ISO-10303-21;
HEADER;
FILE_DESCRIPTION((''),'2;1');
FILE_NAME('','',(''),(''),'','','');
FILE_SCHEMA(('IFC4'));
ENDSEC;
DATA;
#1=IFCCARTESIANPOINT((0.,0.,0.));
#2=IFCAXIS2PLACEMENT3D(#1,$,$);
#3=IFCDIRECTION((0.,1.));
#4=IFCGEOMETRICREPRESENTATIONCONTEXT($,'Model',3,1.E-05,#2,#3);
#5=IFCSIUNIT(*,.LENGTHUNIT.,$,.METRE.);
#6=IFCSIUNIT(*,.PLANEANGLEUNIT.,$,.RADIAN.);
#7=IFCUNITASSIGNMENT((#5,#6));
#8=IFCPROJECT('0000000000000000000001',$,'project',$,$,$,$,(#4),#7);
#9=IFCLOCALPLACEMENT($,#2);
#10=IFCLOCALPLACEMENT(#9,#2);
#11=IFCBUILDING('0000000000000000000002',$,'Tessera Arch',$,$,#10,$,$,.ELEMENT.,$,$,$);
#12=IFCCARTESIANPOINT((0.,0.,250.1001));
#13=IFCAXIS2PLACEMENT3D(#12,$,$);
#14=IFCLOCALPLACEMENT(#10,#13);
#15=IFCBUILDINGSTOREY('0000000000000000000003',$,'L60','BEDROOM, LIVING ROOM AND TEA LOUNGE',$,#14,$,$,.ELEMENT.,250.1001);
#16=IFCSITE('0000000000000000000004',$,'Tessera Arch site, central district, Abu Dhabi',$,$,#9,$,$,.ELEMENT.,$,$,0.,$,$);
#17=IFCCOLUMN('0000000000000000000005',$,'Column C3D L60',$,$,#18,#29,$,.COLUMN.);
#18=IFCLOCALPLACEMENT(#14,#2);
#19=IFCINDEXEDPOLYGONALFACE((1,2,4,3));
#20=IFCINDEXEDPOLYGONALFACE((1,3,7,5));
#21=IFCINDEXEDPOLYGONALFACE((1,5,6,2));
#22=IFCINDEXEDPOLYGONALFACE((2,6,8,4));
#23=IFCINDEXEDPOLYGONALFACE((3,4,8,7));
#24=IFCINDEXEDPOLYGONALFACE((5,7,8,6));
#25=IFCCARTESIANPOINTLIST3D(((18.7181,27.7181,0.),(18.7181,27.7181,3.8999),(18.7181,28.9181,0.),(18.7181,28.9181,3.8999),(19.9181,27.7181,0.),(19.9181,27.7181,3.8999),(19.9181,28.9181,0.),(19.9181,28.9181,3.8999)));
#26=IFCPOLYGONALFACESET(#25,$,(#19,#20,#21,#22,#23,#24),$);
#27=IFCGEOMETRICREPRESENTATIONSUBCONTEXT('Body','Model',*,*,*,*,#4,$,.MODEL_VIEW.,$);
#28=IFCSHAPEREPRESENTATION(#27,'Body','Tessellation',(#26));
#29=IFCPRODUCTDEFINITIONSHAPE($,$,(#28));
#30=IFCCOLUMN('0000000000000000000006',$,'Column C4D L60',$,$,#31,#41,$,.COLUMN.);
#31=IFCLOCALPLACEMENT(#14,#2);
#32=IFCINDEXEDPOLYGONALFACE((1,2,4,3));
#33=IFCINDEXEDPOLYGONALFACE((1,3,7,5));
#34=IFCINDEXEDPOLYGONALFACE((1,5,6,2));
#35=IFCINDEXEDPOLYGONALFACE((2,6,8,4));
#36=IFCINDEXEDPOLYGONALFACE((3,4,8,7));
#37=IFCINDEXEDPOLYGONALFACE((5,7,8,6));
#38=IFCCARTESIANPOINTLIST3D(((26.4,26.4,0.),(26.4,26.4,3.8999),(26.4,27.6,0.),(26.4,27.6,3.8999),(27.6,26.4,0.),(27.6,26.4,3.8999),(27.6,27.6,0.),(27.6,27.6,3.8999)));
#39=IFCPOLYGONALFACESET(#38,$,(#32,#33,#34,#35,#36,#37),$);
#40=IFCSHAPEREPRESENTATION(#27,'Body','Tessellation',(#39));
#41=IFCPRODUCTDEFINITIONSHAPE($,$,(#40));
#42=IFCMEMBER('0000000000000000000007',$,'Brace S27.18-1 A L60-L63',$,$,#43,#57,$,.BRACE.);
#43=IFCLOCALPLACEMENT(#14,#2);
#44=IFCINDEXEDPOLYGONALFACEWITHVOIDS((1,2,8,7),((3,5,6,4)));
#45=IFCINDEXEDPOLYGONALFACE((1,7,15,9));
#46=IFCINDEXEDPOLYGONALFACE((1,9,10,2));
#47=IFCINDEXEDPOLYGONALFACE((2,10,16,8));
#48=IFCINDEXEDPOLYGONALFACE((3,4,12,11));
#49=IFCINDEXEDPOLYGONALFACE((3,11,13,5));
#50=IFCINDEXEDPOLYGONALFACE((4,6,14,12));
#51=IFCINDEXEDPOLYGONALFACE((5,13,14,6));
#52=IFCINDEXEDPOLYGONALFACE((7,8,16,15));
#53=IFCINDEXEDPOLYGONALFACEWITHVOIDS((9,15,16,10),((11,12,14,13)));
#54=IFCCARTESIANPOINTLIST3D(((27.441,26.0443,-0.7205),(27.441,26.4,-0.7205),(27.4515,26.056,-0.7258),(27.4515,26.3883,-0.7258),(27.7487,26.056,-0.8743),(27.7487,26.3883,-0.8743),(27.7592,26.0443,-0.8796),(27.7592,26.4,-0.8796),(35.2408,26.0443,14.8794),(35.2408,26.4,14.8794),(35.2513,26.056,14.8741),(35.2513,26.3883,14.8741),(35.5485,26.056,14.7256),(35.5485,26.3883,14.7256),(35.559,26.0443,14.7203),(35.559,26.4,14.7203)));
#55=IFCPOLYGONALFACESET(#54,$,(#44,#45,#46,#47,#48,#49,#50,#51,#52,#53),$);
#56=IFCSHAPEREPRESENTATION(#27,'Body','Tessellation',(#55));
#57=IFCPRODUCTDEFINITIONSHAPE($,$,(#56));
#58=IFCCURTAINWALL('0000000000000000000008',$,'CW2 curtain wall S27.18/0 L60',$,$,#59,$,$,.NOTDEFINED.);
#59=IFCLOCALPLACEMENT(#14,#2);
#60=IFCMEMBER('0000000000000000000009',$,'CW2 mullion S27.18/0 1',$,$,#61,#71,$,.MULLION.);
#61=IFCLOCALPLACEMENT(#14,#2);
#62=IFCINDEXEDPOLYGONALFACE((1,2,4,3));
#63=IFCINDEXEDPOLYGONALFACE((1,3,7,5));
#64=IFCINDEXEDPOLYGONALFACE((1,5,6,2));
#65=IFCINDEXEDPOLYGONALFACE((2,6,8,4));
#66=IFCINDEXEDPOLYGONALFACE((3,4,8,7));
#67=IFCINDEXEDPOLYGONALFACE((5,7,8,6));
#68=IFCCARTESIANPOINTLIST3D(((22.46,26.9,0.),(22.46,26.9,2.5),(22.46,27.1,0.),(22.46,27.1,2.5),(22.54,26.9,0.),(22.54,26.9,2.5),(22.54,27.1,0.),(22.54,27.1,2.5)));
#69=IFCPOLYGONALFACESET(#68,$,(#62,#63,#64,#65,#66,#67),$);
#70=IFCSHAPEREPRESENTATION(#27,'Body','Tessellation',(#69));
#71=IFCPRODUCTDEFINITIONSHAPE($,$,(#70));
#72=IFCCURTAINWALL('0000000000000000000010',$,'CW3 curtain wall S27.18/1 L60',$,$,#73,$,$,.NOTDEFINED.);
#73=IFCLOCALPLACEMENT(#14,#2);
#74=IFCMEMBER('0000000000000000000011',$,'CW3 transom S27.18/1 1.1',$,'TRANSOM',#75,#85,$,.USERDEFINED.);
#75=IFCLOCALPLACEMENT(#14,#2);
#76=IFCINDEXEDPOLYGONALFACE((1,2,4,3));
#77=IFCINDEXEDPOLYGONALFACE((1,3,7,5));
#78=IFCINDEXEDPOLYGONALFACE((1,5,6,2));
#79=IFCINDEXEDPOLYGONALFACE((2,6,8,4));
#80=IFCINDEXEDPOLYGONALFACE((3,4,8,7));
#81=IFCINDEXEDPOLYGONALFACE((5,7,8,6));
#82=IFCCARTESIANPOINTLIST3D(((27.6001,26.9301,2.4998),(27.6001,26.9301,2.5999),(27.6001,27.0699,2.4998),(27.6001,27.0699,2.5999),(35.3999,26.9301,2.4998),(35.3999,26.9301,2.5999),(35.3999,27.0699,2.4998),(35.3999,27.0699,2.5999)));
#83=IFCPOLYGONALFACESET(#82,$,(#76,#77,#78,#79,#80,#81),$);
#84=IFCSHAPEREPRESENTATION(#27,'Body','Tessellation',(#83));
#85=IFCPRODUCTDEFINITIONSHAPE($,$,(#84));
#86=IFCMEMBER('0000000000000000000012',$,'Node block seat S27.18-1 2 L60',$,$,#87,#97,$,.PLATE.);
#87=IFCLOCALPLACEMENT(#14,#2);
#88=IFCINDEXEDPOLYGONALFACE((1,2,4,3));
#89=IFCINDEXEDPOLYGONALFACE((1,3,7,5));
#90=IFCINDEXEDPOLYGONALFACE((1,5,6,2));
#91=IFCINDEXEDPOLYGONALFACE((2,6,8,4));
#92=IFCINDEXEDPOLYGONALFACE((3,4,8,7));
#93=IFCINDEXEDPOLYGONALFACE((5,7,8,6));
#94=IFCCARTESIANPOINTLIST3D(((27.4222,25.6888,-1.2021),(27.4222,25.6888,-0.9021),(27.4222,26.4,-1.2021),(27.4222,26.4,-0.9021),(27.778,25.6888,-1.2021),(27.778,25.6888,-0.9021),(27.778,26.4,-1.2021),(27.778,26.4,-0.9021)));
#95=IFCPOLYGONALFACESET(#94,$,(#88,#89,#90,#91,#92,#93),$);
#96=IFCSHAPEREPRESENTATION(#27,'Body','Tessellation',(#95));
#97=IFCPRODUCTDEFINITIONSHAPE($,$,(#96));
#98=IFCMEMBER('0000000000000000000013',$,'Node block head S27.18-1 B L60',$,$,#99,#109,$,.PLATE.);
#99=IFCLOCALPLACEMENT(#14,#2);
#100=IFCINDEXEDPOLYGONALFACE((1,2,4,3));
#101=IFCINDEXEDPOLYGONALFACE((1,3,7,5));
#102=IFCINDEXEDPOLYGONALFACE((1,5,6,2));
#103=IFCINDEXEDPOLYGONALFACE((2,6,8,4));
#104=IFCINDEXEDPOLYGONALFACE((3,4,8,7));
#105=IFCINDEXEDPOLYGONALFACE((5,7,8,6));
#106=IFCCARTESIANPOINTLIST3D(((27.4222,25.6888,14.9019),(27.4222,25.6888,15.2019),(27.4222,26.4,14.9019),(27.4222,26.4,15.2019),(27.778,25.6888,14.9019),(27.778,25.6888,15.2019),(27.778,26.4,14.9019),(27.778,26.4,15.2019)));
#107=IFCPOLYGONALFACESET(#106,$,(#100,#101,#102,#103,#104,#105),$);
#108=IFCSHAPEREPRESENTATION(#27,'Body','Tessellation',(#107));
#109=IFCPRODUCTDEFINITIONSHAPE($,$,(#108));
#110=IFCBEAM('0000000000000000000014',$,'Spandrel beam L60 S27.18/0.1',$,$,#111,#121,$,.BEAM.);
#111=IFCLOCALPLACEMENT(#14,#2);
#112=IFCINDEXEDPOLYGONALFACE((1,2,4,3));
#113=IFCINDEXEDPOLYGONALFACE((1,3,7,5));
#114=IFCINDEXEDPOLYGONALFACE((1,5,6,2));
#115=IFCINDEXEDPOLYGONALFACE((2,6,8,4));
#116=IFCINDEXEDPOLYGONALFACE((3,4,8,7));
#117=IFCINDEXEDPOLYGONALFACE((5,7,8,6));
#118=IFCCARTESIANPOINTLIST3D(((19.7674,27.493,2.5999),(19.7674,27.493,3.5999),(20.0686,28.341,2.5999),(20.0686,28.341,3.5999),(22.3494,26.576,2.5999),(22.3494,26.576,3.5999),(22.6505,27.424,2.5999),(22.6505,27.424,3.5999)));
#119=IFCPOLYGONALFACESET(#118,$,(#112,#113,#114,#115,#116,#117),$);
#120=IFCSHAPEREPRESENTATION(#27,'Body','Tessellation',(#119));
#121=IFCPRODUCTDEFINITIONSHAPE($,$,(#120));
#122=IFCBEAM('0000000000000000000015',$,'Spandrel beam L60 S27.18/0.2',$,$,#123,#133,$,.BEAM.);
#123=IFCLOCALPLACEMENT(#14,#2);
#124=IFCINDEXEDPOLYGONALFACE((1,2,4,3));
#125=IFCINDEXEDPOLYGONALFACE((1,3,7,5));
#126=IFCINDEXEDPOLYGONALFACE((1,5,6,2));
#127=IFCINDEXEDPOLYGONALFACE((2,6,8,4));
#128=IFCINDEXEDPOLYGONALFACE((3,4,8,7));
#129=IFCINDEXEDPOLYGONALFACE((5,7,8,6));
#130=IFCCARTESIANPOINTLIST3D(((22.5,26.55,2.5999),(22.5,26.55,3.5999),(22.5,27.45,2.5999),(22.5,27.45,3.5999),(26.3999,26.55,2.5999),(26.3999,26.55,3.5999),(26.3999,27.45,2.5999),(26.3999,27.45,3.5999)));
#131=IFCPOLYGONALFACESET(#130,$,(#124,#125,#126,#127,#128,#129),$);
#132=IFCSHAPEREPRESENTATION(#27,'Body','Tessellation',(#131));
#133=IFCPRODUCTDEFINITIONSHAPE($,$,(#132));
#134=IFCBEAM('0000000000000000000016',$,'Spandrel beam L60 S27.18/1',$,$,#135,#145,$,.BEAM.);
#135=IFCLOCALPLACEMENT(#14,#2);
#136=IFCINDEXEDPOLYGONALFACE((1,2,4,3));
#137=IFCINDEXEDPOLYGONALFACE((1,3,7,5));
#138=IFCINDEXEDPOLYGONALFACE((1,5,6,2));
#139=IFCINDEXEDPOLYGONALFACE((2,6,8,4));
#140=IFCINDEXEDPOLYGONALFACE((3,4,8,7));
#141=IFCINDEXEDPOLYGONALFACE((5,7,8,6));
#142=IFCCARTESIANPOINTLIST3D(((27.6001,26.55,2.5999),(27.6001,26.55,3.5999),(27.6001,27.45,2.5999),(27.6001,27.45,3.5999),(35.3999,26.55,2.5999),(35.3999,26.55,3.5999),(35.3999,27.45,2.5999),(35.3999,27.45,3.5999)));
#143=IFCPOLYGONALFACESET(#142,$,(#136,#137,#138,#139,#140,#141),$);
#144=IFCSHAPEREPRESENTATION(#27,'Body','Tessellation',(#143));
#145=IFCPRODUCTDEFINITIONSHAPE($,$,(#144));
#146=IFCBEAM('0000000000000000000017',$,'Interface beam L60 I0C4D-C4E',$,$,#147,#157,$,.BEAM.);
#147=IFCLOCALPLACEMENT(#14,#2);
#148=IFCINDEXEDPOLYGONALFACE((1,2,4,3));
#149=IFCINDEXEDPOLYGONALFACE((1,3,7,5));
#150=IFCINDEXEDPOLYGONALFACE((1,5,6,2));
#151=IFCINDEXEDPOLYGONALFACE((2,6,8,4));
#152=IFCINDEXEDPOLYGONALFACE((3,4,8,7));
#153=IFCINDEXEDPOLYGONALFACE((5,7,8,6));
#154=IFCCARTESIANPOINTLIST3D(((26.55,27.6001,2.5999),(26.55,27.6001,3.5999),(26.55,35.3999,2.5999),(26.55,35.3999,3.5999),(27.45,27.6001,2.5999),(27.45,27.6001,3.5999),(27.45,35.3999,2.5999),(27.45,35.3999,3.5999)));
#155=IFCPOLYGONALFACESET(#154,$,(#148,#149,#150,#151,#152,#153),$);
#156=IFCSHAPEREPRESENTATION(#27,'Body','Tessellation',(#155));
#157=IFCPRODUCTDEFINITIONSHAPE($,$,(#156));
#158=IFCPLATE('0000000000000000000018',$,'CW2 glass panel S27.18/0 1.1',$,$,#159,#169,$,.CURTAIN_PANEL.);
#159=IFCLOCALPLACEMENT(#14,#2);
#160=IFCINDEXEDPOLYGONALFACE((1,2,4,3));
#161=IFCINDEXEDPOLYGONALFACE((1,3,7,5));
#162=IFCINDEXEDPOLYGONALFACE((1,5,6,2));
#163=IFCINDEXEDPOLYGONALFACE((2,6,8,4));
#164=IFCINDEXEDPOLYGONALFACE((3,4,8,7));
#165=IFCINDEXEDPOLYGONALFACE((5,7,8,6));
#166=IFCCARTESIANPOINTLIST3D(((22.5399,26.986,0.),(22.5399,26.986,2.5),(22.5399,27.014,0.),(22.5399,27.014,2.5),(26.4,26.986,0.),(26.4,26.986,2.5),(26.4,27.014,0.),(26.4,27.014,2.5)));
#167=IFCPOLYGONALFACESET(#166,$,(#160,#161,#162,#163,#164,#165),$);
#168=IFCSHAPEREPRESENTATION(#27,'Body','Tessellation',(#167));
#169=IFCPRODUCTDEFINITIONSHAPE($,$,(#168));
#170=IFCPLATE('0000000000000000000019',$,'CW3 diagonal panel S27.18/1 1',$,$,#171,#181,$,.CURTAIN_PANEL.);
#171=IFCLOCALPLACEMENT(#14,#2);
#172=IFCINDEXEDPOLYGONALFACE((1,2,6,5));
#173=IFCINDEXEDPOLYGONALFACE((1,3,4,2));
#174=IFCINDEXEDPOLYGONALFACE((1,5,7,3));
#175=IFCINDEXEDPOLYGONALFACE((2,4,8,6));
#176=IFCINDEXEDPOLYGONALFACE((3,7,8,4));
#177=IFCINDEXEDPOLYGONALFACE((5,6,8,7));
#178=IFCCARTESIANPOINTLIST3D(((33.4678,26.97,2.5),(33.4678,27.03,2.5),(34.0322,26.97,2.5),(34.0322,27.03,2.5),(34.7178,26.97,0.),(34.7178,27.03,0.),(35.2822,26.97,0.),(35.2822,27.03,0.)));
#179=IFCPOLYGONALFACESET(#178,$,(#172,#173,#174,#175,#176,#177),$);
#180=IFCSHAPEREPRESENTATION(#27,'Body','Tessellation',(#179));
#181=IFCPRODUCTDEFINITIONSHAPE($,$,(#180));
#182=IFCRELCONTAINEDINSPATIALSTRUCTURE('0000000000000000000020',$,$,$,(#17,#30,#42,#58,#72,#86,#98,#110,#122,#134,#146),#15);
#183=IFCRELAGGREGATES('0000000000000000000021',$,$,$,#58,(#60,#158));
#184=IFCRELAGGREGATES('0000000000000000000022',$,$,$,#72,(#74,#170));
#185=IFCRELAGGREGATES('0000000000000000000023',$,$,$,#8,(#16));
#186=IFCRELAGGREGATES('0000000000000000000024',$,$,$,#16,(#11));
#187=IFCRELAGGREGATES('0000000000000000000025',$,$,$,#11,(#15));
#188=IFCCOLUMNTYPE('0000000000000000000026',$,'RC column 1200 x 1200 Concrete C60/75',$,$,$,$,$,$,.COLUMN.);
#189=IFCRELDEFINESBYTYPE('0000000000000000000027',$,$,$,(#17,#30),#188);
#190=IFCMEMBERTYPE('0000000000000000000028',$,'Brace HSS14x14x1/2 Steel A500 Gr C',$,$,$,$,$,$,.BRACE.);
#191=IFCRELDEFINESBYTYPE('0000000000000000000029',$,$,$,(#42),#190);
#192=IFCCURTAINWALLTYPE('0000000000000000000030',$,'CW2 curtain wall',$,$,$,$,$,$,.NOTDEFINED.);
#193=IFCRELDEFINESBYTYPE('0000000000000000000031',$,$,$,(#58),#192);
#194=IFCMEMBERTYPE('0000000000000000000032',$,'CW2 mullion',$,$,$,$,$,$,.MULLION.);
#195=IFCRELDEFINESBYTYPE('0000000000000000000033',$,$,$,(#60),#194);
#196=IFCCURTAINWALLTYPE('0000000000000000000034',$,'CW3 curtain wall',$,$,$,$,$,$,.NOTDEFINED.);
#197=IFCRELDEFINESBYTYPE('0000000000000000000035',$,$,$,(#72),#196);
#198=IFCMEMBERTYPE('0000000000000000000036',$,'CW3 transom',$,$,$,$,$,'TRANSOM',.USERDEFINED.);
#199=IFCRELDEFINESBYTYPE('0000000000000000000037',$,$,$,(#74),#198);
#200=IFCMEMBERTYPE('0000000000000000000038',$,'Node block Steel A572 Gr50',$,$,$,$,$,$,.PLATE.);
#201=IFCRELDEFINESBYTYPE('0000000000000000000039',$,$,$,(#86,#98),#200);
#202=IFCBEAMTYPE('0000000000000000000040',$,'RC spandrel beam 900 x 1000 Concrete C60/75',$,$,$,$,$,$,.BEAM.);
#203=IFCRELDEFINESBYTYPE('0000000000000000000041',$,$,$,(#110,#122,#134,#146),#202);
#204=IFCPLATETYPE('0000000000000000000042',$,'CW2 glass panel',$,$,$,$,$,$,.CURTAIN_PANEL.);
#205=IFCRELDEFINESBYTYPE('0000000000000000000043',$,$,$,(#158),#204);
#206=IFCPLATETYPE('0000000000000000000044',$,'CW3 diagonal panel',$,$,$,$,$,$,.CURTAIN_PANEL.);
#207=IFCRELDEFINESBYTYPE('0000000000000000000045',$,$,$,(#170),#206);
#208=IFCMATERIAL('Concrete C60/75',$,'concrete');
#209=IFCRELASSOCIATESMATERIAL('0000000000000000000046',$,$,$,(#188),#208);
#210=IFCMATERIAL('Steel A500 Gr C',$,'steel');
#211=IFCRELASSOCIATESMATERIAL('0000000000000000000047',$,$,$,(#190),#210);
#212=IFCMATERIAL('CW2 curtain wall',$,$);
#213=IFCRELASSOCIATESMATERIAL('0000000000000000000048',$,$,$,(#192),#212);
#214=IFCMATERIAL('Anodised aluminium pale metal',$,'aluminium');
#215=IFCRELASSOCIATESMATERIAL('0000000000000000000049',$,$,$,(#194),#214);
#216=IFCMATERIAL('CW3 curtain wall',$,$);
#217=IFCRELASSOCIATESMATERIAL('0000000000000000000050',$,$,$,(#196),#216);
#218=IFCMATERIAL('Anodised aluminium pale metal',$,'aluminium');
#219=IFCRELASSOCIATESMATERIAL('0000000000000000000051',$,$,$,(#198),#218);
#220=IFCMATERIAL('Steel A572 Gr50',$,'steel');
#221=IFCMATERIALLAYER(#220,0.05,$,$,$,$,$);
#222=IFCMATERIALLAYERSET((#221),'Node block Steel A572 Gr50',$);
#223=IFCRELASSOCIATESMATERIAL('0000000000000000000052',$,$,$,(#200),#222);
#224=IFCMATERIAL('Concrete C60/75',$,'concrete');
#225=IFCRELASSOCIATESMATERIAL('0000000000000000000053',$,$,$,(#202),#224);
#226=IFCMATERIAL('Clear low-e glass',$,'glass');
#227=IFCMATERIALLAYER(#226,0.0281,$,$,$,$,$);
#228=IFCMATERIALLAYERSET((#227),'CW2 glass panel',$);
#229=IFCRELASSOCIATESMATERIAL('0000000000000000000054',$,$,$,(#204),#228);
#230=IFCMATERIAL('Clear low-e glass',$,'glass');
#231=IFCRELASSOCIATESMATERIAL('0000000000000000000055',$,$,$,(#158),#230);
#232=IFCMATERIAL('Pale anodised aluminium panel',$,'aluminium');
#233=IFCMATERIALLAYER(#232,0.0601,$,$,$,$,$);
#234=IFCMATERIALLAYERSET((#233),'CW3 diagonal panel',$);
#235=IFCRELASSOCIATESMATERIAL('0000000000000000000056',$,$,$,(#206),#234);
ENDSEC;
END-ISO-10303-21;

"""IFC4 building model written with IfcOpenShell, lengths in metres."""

from ifc_helpers import new_model, si_unit, direction, frame, origin, origin_2d, place, context, subcontext, project, spatial, polyline, rectangle, hollow_rectangle, outline, extrude, material, layer, layer_set, material_profile, profile_set, type_object, element, aggregate, save


model = new_model("IFC4")

# Units and contexts
model_context = context("Model", 3, precision=1e-05, world=origin(), true_north=direction((0.0, 1.0)))
body_context = subcontext(model_context, "Body", "Model", "MODEL_VIEW")
ifc_project = project(units=[si_unit("LENGTHUNIT", "METRE"), si_unit("PLANEANGLEUNIT", "RADIAN")], contexts=[model_context])

# Site, building, storey
site_placement = place(None, origin())
site = spatial("IfcSite", under=ifc_project, at=site_placement, Name="Tessera Arch site, central district, Abu Dhabi", CompositionType="ELEMENT", RefElevation=0.0)
building_placement = place(site_placement, origin())
building = spatial("IfcBuilding", under=site, at=building_placement, Name="Tessera Arch", CompositionType="ELEMENT")
storey_placement = place(building_placement, frame((0.0, 0.0, 250.1001)))
storey = spatial("IfcBuildingStorey", under=building, at=storey_placement, Name="L60", Description="BEDROOM, LIVING ROOM AND TEA LOUNGE", CompositionType="ELEMENT", Elevation=250.1001)

# Columns
ifc_material_1 = material(Name="Concrete C60/75", Category="concrete")
ifc_material_profile_1 = material_profile(ifc_material_1, rectangle(XDim=1.2, YDim=1.2, at=origin_2d()), Name="RC column 1200 x 1200 Concrete C60/75")
ifc_profile_set_1 = profile_set([ifc_material_profile_1], Name="Concrete C60/75")
column_type = type_object("IfcColumnType", Name="RC column 1200 x 1200 Concrete C60/75", PredefinedType="COLUMN", material=ifc_profile_set_1)
for number, where, z_axis, x_axis, name in (
    (1, (19.3181, 28.3181, 0.0), (0.0, 0.0, 1.0), (1.0, 0.0, 0.0), "Column C3D L60"),
    (2, (27.0, 27.0, 0.0), (0.0, 0.0, 1.0), (1.0, 0.0, 0.0), "Column C4D L60"),
):
    element("IfcColumn", number, at=place(storey_placement, frame(where, z_axis=z_axis, x_axis=x_axis)), inside=storey, type_object=column_type, Name=name, PredefinedType="COLUMN", context=body_context, shape_type="SweptSolid", body=[
        extrude(rectangle(XDim=1.2, YDim=1.2, at=origin_2d()), origin(), (0.0, 0.0, 1.0), 3.8999),
    ])

# Member
ifc_material_2 = material(Name="Steel A500 Gr C", Category="steel")
ifc_material_profile_2 = material_profile(ifc_material_2, hollow_rectangle(XDim=0.3557, YDim=0.3557, WallThickness=0.0117, at=origin_2d()), Name="HSS14x14x1/2")
ifc_profile_set_2 = profile_set([ifc_material_profile_2], Name="Steel A500 Gr C")
member_type_1 = type_object("IfcMemberType", Name="Brace HSS14x14x1/2 Steel A500 Gr C", PredefinedType="BRACE", material=ifc_profile_set_2)
member_1_placement = place(storey_placement, frame((27.6001, 26.2222, -0.8), z_axis=(0.447208, 0.0, 0.89443), x_axis=(0.0, 1.0, 0.0)))
element("IfcMember", 3, at=member_1_placement, inside=storey, type_object=member_type_1, Name="Brace S27.18-1 A L60-L63", PredefinedType="BRACE", context=body_context, shape_type="SweptSolid", body=[
    extrude(hollow_rectangle(XDim=0.3557, YDim=0.3557, WallThickness=0.0117, at=origin_2d()), origin(), (0.0, 0.0, 1.0), 17.4412),
])

# Curtain walls, members
ifc_material_3 = material(Name="CW2 curtain wall")
curtain_wall_type_1 = type_object("IfcCurtainWallType", Name="CW2 curtain wall", PredefinedType="NOTDEFINED", material=ifc_material_3)
curtain_wall_1_placement = place(storey_placement, origin())
curtain_wall_1 = element("IfcCurtainWall", 4, at=curtain_wall_1_placement, inside=storey, type_object=curtain_wall_type_1, Name="CW2 curtain wall S27.18/0 L60", PredefinedType="NOTDEFINED")
ifc_material_4 = material(Name="Anodised aluminium pale metal", Category="aluminium")
ifc_material_profile_3 = material_profile(ifc_material_4, rectangle(XDim=0.2, YDim=0.0801, at=origin_2d()), Name="AL 80x200")
ifc_profile_set_3 = profile_set([ifc_material_profile_3], Name="Anodised aluminium pale metal")
member_type_2 = type_object("IfcMemberType", Name="CW2 mullion", PredefinedType="MULLION", material=ifc_profile_set_3)
member_2_placement = place(storey_placement, frame((22.5, 27.0, 0.0), z_axis=(0.0, 0.0, 1.0), x_axis=(0.0, 1.0, 0.0)))
member_2 = element("IfcMember", 5, at=member_2_placement, type_object=member_type_2, Name="CW2 mullion S27.18/0 1", PredefinedType="MULLION", context=body_context, shape_type="SweptSolid", body=[
    extrude(rectangle(XDim=0.2, YDim=0.0801, at=origin_2d()), origin(), (0.0, 0.0, 1.0), 2.5),
])
ifc_material_5 = material(Name="CW3 curtain wall")
curtain_wall_type_2 = type_object("IfcCurtainWallType", Name="CW3 curtain wall", PredefinedType="NOTDEFINED", material=ifc_material_5)
curtain_wall_2_placement = place(storey_placement, origin())
curtain_wall_2 = element("IfcCurtainWall", 6, at=curtain_wall_2_placement, inside=storey, type_object=curtain_wall_type_2, Name="CW3 curtain wall S27.18/1 L60", PredefinedType="NOTDEFINED")
ifc_material_6 = material(Name="Anodised aluminium pale metal", Category="aluminium")
ifc_material_profile_4 = material_profile(ifc_material_6, rectangle(XDim=0.1399, YDim=0.1001, at=origin_2d()), Name="AL 140x100")
ifc_profile_set_4 = profile_set([ifc_material_profile_4], Name="Anodised aluminium pale metal")
member_type_3 = type_object("IfcMemberType", Name="CW3 transom", ElementType="TRANSOM", PredefinedType="USERDEFINED", material=ifc_profile_set_4)
member_3_placement = place(storey_placement, frame((27.6001, 27.0, 2.5498), z_axis=(1.0, 0.0, 0.0), x_axis=(0.0, 1.0, 0.0)))
member_3 = element("IfcMember", 7, at=member_3_placement, type_object=member_type_3, Name="CW3 transom S27.18/1 1.1", ObjectType="TRANSOM", PredefinedType="USERDEFINED", context=body_context, shape_type="SweptSolid", body=[
    extrude(rectangle(XDim=0.1399, YDim=0.1001, at=origin_2d()), origin(), (0.0, 0.0, 1.0), 7.7998),
])

# Members
ifc_material_7 = material(Name="Steel A572 Gr50", Category="steel")
ifc_layer_1 = layer(ifc_material_7, 0.05)
ifc_layer_set_1 = layer_set([ifc_layer_1], Name="Node block Steel A572 Gr50")
member_type_4 = type_object("IfcMemberType", Name="Node block Steel A572 Gr50", PredefinedType="PLATE", material=ifc_layer_set_1)
for number, where, z_axis, x_axis, name in (
    (8, (27.6001, 26.0444, -1.2021), (0.0, 0.0, 1.0), (1.0, 0.0, 0.0), "Node block seat S27.18-1 2 L60"),
    (9, (27.6001, 26.0444, 14.9019), (0.0, 0.0, 1.0), (1.0, 0.0, 0.0), "Node block head S27.18-1 B L60"),
):
    element("IfcMember", number, at=place(storey_placement, frame(where, z_axis=z_axis, x_axis=x_axis)), inside=storey, type_object=member_type_4, Name=name, PredefinedType="PLATE", context=body_context, shape_type="SweptSolid", body=[
        extrude(rectangle(XDim=0.3557, YDim=0.7112, at=origin_2d()), origin(), (0.0, 0.0, 1.0), 0.3),
    ])

# Beams
ifc_material_8 = material(Name="Concrete C60/75", Category="concrete")
ifc_material_profile_5 = material_profile(ifc_material_8, rectangle(XDim=0.8999, YDim=1.0, at=origin_2d()), Name="RC spandrel beam 900 x 1000 Concrete C60/75")
ifc_profile_set_5 = profile_set([ifc_material_profile_5], Name="Concrete C60/75")
beam_type = type_object("IfcBeamType", Name="RC spandrel beam 900 x 1000 Concrete C60/75", PredefinedType="BEAM", material=ifc_profile_set_5)
beam_1_placement = place(storey_placement, frame((19.918, 27.917, 3.0999), z_axis=(0.942337, -0.334665, 0.0), x_axis=(0.334665, 0.942337, 0.0)))
element("IfcBeam", 10, at=beam_1_placement, inside=storey, type_object=beam_type, Name="Spandrel beam L60 S27.18/0.1", PredefinedType="BEAM", context=body_context, shape_type="SweptSolid", body=[
    extrude(rectangle(XDim=0.8999, YDim=1.0, at=origin_2d()), origin(), (0.0, 0.0, 1.0), 2.74),
])
beam_2_placement = place(storey_placement, frame((22.5, 27.0, 3.0999), z_axis=(1.0, 0.0, 0.0), x_axis=(0.0, 1.0, 0.0)))
element("IfcBeam", 11, at=beam_2_placement, inside=storey, type_object=beam_type, Name="Spandrel beam L60 S27.18/0.2", PredefinedType="BEAM", context=body_context, shape_type="SweptSolid", body=[
    extrude(rectangle(XDim=0.8999, YDim=1.0, at=origin_2d()), origin(), (0.0, 0.0, 1.0), 3.8999),
])
for number, where, z_axis, x_axis, name in (
    (12, (27.6001, 27.0, 3.0999), (1.0, 0.0, 0.0), (0.0, 1.0, 0.0), "Spandrel beam L60 S27.18/1"),
    (13, (27.0, 27.6001, 3.0999), (0.0, 1.0, 0.0), (-1.0, 0.0, 0.0), "Interface beam L60 I0C4D-C4E"),
):
    element("IfcBeam", number, at=place(storey_placement, frame(where, z_axis=z_axis, x_axis=x_axis)), inside=storey, type_object=beam_type, Name=name, PredefinedType="BEAM", context=body_context, shape_type="SweptSolid", body=[
        extrude(rectangle(XDim=0.8999, YDim=1.0, at=origin_2d()), origin(), (0.0, 0.0, 1.0), 7.7998),
    ])

# Plates
ifc_material_9 = material(Name="Clear low-e glass", Category="glass")
ifc_material_10 = material(Name="Clear low-e glass", Category="glass")
ifc_layer_2 = layer(ifc_material_10, 0.0281)
ifc_layer_set_2 = layer_set([ifc_layer_2], Name="CW2 glass panel")
plate_type_1 = type_object("IfcPlateType", Name="CW2 glass panel", PredefinedType="CURTAIN_PANEL", material=ifc_layer_set_2)
plate_1_placement = place(storey_placement, frame((24.47, 27.0, 0.0), z_axis=(0.0, 0.0, 1.0), x_axis=(1.0, 0.0, 0.0)))
plate_1 = element("IfcPlate", 14, at=plate_1_placement, type_object=plate_type_1, material=ifc_material_9, Name="CW2 glass panel S27.18/0 1.1", PredefinedType="CURTAIN_PANEL", context=body_context, shape_type="SweptSolid", body=[
    extrude(rectangle(XDim=3.8601, YDim=0.0281, at=origin_2d()), origin(), (0.0, 0.0, 1.0), 2.5),
])
aggregate(curtain_wall_1, [member_2, plate_1])
ifc_material_11 = material(Name="Pale anodised aluminium panel", Category="aluminium")
ifc_layer_3 = layer(ifc_material_11, 0.0601)
ifc_layer_set_3 = layer_set([ifc_layer_3], Name="CW3 diagonal panel")
plate_type_2 = type_object("IfcPlateType", Name="CW3 diagonal panel", PredefinedType="CURTAIN_PANEL", material=ifc_layer_set_3)
plate_2_placement = place(storey_placement, frame((34.0322, 26.97, 2.5), z_axis=(0.0, -1.0, 0.0), x_axis=(-1.0, 0.0, 0.0)))
plate_2 = element("IfcPlate", 15, at=plate_2_placement, type_object=plate_type_2, Name="CW3 diagonal panel S27.18/1 1", PredefinedType="CURTAIN_PANEL", context=body_context, shape_type="SweptSolid", body=[
    extrude(outline(polyline([(0.0, 0.0), (0.5645, 0.0), (-0.6855, 2.5), (-1.25, 2.5), (0.0, 0.0)])), origin(), (0.0, 0.0, -1.0), 0.0601),
])
aggregate(curtain_wall_2, [member_3, plate_2])

save(model, "model.ifc")
